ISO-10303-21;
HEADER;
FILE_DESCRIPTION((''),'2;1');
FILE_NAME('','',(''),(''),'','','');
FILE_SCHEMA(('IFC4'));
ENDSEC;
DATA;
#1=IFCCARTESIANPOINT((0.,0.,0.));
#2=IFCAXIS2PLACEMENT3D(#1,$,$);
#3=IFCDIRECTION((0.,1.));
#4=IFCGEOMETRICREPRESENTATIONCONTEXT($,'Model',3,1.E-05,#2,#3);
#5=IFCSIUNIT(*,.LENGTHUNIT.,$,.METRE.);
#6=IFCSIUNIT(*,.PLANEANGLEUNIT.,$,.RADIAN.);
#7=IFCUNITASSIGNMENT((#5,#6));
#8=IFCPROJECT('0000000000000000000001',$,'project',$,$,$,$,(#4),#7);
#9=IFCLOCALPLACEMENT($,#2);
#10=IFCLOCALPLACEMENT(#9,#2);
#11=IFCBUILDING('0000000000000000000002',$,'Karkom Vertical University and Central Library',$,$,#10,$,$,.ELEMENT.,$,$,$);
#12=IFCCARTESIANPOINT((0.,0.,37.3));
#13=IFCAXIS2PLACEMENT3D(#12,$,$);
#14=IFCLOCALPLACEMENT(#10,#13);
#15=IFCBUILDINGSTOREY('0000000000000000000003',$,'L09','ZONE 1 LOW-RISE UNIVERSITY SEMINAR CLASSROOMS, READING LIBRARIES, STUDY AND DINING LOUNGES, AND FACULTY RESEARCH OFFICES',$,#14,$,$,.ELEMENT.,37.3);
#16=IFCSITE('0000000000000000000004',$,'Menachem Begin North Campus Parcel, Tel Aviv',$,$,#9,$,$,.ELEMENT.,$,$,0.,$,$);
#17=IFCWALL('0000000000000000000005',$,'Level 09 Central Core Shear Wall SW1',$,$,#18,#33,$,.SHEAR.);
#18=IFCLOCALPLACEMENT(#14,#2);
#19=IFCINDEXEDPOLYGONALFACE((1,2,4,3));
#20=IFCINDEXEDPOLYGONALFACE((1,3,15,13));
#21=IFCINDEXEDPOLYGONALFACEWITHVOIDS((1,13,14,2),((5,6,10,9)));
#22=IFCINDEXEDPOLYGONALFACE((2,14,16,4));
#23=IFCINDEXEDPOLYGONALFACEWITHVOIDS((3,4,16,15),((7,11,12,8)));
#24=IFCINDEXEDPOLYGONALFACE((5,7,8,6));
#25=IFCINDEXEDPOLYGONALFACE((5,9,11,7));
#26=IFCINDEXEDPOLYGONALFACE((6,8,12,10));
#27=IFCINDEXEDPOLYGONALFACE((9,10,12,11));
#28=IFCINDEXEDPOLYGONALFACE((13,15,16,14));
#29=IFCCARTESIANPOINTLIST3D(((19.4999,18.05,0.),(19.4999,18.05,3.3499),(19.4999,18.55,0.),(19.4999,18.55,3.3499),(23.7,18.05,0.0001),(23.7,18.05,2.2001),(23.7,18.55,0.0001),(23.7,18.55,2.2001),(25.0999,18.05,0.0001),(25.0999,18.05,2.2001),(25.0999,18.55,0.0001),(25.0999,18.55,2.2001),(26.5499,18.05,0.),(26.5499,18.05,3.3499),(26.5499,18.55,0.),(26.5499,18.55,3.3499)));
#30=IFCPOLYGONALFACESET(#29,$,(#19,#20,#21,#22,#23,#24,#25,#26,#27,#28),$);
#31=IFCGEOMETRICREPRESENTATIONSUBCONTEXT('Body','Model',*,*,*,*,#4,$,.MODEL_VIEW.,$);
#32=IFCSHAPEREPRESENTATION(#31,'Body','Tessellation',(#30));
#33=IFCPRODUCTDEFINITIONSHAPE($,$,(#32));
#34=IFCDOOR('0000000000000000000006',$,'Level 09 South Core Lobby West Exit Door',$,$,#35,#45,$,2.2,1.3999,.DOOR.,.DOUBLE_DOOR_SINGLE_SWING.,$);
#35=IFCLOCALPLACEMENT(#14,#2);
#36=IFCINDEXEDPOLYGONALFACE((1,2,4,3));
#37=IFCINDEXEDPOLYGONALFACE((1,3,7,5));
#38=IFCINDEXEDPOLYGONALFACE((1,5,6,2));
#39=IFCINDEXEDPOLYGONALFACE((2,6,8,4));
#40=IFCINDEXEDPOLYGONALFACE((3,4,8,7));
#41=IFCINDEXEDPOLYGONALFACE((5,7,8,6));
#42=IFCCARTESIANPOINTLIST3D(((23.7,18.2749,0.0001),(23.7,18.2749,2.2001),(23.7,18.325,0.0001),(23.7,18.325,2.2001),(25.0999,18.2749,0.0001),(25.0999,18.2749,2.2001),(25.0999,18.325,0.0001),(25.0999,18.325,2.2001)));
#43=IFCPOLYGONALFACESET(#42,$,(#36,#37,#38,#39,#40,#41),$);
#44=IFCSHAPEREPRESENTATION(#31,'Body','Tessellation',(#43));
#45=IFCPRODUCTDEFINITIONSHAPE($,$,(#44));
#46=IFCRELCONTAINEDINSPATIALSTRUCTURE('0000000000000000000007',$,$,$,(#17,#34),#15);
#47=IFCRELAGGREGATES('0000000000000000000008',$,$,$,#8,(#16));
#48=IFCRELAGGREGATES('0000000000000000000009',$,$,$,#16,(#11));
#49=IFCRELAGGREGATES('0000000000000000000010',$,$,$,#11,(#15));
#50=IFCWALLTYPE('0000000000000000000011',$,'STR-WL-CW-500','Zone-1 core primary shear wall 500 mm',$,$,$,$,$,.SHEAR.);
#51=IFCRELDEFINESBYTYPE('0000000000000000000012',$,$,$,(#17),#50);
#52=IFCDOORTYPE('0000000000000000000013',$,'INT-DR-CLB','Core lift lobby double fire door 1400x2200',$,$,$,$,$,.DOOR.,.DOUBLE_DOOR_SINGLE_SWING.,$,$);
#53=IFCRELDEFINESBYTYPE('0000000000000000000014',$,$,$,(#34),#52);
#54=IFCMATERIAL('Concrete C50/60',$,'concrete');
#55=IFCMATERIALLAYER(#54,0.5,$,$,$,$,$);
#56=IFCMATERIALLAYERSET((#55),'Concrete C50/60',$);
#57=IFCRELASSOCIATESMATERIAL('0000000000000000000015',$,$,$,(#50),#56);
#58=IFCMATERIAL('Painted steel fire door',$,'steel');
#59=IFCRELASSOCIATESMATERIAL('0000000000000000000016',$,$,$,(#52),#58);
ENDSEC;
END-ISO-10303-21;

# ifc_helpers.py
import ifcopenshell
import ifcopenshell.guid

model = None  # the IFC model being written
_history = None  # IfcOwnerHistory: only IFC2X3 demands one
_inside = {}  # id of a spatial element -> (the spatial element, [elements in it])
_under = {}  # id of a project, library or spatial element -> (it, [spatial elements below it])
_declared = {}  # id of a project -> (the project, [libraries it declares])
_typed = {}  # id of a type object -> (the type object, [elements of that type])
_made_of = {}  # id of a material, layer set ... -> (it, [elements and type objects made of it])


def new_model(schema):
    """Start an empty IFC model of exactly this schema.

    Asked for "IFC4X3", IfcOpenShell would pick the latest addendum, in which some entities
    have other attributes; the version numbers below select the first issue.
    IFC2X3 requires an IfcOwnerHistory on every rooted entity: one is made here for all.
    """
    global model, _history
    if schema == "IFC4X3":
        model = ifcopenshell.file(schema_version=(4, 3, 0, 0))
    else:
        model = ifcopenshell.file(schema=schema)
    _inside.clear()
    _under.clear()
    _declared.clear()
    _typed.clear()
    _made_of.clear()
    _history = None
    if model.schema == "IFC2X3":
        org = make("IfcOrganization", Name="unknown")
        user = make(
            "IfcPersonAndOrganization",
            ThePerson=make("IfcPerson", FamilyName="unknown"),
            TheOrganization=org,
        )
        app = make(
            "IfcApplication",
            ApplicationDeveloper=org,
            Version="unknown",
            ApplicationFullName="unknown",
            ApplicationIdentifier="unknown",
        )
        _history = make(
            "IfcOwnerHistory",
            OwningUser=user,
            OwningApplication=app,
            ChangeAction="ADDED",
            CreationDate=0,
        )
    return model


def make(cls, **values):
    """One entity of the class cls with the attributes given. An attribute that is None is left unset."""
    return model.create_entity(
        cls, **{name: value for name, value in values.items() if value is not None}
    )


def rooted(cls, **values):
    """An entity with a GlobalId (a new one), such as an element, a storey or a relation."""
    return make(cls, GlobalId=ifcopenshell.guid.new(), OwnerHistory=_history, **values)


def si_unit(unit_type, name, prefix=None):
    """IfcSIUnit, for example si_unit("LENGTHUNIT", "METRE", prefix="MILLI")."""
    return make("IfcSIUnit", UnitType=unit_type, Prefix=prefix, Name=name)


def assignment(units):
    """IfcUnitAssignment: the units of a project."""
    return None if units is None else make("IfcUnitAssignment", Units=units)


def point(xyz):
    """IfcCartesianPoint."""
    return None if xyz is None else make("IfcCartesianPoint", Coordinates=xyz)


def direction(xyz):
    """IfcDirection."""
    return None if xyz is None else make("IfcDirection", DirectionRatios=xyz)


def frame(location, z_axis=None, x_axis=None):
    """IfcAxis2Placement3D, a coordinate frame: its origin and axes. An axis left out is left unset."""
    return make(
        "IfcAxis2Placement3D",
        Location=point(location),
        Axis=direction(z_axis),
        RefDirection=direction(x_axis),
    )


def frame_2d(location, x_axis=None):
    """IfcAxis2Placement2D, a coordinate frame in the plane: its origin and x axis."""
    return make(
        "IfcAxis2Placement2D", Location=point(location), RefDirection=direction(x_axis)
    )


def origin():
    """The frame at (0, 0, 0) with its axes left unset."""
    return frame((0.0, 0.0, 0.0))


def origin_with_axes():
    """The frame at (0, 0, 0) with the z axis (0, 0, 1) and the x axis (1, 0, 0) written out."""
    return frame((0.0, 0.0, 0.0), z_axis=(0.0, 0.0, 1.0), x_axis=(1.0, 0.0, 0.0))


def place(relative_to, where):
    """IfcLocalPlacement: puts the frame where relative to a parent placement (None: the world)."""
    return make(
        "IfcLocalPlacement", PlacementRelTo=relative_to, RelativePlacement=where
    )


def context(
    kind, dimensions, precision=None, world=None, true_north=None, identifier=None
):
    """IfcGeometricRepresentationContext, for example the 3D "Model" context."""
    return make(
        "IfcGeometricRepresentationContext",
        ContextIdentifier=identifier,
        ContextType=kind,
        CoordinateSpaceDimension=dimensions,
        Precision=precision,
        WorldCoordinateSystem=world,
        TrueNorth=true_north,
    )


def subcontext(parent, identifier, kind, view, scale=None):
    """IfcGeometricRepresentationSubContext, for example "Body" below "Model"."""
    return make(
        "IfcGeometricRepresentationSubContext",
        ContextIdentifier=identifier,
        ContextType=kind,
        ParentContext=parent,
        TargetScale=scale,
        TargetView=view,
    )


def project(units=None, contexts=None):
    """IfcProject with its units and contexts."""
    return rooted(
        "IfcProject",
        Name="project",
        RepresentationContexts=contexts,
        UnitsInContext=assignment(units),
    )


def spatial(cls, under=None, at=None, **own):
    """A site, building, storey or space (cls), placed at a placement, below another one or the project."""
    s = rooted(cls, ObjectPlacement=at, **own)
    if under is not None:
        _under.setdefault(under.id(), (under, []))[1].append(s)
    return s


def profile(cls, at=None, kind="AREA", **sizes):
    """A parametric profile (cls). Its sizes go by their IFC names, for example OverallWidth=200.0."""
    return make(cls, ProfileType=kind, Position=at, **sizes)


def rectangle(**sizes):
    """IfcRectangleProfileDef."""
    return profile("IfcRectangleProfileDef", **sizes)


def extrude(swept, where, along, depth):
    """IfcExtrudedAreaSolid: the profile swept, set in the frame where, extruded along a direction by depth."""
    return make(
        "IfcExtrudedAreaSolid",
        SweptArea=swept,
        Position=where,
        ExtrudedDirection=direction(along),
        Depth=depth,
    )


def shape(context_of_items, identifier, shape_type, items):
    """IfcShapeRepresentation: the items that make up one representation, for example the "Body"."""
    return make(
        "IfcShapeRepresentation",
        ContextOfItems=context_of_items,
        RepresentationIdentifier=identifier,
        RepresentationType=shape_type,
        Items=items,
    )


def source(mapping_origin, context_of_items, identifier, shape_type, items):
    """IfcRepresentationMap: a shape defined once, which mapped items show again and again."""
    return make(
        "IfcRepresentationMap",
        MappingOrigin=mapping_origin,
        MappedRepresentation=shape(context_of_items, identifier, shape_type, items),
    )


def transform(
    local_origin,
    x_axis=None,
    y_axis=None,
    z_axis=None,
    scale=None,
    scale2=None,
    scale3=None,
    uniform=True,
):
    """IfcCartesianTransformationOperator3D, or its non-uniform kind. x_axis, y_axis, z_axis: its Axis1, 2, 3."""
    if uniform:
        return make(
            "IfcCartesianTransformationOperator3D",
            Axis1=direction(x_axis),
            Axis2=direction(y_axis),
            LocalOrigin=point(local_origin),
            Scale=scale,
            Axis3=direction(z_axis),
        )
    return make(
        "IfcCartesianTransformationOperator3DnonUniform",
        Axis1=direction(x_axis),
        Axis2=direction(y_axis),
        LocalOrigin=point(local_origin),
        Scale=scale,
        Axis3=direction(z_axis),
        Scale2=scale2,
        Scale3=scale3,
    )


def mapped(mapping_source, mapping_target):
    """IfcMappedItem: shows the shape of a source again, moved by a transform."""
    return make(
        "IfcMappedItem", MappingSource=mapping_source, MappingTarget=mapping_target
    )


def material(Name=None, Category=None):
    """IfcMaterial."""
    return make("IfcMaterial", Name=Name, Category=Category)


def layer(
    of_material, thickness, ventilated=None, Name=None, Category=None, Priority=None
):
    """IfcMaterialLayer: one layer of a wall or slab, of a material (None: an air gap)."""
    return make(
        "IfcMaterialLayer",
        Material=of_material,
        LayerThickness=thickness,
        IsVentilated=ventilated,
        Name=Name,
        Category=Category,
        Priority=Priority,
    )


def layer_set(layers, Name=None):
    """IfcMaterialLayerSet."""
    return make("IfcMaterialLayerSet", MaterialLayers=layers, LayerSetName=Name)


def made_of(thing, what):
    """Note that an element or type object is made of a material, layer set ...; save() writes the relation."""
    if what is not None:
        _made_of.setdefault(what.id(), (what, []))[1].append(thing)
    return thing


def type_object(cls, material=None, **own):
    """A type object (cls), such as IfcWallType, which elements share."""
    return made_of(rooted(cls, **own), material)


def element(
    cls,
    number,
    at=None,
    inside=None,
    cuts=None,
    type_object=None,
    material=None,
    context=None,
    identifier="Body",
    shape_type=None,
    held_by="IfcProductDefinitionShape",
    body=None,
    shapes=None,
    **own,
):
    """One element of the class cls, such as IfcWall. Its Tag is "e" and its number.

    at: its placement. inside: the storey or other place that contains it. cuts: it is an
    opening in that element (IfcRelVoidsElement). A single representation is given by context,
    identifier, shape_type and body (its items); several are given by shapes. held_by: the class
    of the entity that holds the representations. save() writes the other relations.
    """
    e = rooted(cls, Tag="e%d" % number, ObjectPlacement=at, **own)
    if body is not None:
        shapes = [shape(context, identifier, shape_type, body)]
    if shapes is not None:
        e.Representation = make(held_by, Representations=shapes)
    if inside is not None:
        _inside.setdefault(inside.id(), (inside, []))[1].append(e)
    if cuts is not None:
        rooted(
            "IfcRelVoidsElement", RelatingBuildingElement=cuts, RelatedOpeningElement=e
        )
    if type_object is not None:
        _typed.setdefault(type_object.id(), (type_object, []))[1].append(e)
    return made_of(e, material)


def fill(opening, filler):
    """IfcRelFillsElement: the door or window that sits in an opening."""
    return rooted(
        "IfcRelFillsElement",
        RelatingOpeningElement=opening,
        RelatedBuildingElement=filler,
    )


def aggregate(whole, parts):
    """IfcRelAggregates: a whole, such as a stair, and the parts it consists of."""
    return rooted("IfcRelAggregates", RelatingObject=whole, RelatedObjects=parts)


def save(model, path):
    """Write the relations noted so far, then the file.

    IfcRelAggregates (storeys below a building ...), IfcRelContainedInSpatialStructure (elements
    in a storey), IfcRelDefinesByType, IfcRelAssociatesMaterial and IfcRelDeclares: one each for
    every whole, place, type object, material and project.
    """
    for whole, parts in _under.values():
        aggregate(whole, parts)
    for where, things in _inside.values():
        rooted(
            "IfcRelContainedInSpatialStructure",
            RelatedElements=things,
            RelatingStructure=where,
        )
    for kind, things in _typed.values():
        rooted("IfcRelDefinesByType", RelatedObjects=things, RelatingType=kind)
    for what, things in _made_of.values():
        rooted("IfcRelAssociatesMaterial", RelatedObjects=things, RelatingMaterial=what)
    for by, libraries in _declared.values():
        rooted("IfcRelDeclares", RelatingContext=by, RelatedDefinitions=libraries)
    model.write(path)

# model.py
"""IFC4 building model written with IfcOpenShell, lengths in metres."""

from ifc_helpers import new_model, si_unit, direction, frame, frame_2d, origin, origin_with_axes, place, context, subcontext, project, spatial, rectangle, extrude, source, transform, mapped, material, layer, layer_set, type_object, element, fill, save


model = new_model("IFC4")

# Units and contexts
model_context = context("Model", 3, precision=1e-05, world=origin(), true_north=direction((0.0, 1.0)))
body_context = subcontext(model_context, "Body", "Model", "MODEL_VIEW")
ifc_project = project(units=[si_unit("LENGTHUNIT", "METRE"), si_unit("PLANEANGLEUNIT", "RADIAN")], contexts=[model_context])

# Site, building, storey
site_placement = place(None, origin())
site = spatial("IfcSite", under=ifc_project, at=site_placement, Name="Menachem Begin North Campus Parcel, Tel Aviv", CompositionType="ELEMENT", RefElevation=0.0)
building_placement = place(site_placement, origin())
building = spatial("IfcBuilding", under=site, at=building_placement, Name="Karkom Vertical University and Central Library", CompositionType="ELEMENT")
storey_placement = place(building_placement, frame((0.0, 0.0, 37.3)))
storey = spatial("IfcBuildingStorey", under=building, at=storey_placement, Name="L09", Description="ZONE 1 LOW-RISE UNIVERSITY SEMINAR CLASSROOMS, READING LIBRARIES, STUDY AND DINING LOUNGES, AND FACULTY RESEARCH OFFICES", CompositionType="ELEMENT", Elevation=37.3)

# Shared definitions
ifc_material_1 = material(Name="Concrete C50/60", Category="concrete")

# Wall, opening, door
ifc_layer_1 = layer(ifc_material_1, 0.5)
ifc_layer_set_1 = layer_set([ifc_layer_1], Name="Concrete C50/60")
wall_type_1 = type_object("IfcWallType", Name="STR-WL-CW-500", Description="Zone-1 core primary shear wall 500 mm", PredefinedType="SHEAR", material=ifc_layer_set_1)
wall_1_placement = place(storey_placement, frame((19.5, 18.3, 0.0), z_axis=(0.0, 0.0, 1.0), x_axis=(1.0, 0.0, 0.0)))
wall_1 = element("IfcWall", 1, at=wall_1_placement, inside=storey, type_object=wall_type_1, Name="Level 09 Central Core Shear Wall SW1", PredefinedType="SHEAR", context=body_context, shape_type="SweptSolid", body=[
    extrude(rectangle(XDim=7.05, YDim=0.5, at=frame_2d((3.5249, 0.0))), origin(), (0.0, 0.0, 1.0), 3.3499),
])
opening_1_placement = place(wall_1_placement, frame((4.2, 0.0, 0.0)))
opening_1 = element("IfcOpeningElement", 2, at=opening_1_placement, cuts=wall_1, PredefinedType="OPENING", context=body_context, shape_type="SweptSolid", body=[
    extrude(rectangle(XDim=1.3999, YDim=2.2, at=frame_2d((0.7, 1.1001))), frame((0.0, 0.26, 0.0), z_axis=(0.0, -1.0, 0.0), x_axis=(1.0, 0.0, 0.0)), (0.0, 0.0, 1.0), 0.52),
])
ifc_material_2 = material(Name="Painted steel fire door", Category="steel")
door_type = type_object("IfcDoorType", Name="INT-DR-CLB", Description="Core lift lobby double fire door 1400x2200", OperationType="DOUBLE_DOOR_SINGLE_SWING", PredefinedType="DOOR", material=ifc_material_2)
shared_shape_1 = source(origin_with_axes(), body_context, "Body", "SweptSolid", [
    extrude(rectangle(XDim=1.3999, YDim=2.2, at=frame_2d((0.7, 1.1001))), frame((0.0, 0.0249, 0.0), z_axis=(0.0, -1.0, 0.0), x_axis=(1.0, 0.0, 0.0)), (0.0, 0.0, 1.0), 0.05),
])
door_placement = place(opening_1_placement, origin())
door = element("IfcDoor", 3, at=door_placement, inside=storey, type_object=door_type, Name="Level 09 South Core Lobby West Exit Door", OperationType="DOUBLE_DOOR_SINGLE_SWING", OverallHeight=2.2, OverallWidth=1.3999, PredefinedType="DOOR", context=body_context, shape_type="MappedRepresentation", body=[
    mapped(shared_shape_1, transform((0.0, 0.0, 0.0), scale=1.0)),
])
fill(opening_1, door)

save(model, "model.ifc")
